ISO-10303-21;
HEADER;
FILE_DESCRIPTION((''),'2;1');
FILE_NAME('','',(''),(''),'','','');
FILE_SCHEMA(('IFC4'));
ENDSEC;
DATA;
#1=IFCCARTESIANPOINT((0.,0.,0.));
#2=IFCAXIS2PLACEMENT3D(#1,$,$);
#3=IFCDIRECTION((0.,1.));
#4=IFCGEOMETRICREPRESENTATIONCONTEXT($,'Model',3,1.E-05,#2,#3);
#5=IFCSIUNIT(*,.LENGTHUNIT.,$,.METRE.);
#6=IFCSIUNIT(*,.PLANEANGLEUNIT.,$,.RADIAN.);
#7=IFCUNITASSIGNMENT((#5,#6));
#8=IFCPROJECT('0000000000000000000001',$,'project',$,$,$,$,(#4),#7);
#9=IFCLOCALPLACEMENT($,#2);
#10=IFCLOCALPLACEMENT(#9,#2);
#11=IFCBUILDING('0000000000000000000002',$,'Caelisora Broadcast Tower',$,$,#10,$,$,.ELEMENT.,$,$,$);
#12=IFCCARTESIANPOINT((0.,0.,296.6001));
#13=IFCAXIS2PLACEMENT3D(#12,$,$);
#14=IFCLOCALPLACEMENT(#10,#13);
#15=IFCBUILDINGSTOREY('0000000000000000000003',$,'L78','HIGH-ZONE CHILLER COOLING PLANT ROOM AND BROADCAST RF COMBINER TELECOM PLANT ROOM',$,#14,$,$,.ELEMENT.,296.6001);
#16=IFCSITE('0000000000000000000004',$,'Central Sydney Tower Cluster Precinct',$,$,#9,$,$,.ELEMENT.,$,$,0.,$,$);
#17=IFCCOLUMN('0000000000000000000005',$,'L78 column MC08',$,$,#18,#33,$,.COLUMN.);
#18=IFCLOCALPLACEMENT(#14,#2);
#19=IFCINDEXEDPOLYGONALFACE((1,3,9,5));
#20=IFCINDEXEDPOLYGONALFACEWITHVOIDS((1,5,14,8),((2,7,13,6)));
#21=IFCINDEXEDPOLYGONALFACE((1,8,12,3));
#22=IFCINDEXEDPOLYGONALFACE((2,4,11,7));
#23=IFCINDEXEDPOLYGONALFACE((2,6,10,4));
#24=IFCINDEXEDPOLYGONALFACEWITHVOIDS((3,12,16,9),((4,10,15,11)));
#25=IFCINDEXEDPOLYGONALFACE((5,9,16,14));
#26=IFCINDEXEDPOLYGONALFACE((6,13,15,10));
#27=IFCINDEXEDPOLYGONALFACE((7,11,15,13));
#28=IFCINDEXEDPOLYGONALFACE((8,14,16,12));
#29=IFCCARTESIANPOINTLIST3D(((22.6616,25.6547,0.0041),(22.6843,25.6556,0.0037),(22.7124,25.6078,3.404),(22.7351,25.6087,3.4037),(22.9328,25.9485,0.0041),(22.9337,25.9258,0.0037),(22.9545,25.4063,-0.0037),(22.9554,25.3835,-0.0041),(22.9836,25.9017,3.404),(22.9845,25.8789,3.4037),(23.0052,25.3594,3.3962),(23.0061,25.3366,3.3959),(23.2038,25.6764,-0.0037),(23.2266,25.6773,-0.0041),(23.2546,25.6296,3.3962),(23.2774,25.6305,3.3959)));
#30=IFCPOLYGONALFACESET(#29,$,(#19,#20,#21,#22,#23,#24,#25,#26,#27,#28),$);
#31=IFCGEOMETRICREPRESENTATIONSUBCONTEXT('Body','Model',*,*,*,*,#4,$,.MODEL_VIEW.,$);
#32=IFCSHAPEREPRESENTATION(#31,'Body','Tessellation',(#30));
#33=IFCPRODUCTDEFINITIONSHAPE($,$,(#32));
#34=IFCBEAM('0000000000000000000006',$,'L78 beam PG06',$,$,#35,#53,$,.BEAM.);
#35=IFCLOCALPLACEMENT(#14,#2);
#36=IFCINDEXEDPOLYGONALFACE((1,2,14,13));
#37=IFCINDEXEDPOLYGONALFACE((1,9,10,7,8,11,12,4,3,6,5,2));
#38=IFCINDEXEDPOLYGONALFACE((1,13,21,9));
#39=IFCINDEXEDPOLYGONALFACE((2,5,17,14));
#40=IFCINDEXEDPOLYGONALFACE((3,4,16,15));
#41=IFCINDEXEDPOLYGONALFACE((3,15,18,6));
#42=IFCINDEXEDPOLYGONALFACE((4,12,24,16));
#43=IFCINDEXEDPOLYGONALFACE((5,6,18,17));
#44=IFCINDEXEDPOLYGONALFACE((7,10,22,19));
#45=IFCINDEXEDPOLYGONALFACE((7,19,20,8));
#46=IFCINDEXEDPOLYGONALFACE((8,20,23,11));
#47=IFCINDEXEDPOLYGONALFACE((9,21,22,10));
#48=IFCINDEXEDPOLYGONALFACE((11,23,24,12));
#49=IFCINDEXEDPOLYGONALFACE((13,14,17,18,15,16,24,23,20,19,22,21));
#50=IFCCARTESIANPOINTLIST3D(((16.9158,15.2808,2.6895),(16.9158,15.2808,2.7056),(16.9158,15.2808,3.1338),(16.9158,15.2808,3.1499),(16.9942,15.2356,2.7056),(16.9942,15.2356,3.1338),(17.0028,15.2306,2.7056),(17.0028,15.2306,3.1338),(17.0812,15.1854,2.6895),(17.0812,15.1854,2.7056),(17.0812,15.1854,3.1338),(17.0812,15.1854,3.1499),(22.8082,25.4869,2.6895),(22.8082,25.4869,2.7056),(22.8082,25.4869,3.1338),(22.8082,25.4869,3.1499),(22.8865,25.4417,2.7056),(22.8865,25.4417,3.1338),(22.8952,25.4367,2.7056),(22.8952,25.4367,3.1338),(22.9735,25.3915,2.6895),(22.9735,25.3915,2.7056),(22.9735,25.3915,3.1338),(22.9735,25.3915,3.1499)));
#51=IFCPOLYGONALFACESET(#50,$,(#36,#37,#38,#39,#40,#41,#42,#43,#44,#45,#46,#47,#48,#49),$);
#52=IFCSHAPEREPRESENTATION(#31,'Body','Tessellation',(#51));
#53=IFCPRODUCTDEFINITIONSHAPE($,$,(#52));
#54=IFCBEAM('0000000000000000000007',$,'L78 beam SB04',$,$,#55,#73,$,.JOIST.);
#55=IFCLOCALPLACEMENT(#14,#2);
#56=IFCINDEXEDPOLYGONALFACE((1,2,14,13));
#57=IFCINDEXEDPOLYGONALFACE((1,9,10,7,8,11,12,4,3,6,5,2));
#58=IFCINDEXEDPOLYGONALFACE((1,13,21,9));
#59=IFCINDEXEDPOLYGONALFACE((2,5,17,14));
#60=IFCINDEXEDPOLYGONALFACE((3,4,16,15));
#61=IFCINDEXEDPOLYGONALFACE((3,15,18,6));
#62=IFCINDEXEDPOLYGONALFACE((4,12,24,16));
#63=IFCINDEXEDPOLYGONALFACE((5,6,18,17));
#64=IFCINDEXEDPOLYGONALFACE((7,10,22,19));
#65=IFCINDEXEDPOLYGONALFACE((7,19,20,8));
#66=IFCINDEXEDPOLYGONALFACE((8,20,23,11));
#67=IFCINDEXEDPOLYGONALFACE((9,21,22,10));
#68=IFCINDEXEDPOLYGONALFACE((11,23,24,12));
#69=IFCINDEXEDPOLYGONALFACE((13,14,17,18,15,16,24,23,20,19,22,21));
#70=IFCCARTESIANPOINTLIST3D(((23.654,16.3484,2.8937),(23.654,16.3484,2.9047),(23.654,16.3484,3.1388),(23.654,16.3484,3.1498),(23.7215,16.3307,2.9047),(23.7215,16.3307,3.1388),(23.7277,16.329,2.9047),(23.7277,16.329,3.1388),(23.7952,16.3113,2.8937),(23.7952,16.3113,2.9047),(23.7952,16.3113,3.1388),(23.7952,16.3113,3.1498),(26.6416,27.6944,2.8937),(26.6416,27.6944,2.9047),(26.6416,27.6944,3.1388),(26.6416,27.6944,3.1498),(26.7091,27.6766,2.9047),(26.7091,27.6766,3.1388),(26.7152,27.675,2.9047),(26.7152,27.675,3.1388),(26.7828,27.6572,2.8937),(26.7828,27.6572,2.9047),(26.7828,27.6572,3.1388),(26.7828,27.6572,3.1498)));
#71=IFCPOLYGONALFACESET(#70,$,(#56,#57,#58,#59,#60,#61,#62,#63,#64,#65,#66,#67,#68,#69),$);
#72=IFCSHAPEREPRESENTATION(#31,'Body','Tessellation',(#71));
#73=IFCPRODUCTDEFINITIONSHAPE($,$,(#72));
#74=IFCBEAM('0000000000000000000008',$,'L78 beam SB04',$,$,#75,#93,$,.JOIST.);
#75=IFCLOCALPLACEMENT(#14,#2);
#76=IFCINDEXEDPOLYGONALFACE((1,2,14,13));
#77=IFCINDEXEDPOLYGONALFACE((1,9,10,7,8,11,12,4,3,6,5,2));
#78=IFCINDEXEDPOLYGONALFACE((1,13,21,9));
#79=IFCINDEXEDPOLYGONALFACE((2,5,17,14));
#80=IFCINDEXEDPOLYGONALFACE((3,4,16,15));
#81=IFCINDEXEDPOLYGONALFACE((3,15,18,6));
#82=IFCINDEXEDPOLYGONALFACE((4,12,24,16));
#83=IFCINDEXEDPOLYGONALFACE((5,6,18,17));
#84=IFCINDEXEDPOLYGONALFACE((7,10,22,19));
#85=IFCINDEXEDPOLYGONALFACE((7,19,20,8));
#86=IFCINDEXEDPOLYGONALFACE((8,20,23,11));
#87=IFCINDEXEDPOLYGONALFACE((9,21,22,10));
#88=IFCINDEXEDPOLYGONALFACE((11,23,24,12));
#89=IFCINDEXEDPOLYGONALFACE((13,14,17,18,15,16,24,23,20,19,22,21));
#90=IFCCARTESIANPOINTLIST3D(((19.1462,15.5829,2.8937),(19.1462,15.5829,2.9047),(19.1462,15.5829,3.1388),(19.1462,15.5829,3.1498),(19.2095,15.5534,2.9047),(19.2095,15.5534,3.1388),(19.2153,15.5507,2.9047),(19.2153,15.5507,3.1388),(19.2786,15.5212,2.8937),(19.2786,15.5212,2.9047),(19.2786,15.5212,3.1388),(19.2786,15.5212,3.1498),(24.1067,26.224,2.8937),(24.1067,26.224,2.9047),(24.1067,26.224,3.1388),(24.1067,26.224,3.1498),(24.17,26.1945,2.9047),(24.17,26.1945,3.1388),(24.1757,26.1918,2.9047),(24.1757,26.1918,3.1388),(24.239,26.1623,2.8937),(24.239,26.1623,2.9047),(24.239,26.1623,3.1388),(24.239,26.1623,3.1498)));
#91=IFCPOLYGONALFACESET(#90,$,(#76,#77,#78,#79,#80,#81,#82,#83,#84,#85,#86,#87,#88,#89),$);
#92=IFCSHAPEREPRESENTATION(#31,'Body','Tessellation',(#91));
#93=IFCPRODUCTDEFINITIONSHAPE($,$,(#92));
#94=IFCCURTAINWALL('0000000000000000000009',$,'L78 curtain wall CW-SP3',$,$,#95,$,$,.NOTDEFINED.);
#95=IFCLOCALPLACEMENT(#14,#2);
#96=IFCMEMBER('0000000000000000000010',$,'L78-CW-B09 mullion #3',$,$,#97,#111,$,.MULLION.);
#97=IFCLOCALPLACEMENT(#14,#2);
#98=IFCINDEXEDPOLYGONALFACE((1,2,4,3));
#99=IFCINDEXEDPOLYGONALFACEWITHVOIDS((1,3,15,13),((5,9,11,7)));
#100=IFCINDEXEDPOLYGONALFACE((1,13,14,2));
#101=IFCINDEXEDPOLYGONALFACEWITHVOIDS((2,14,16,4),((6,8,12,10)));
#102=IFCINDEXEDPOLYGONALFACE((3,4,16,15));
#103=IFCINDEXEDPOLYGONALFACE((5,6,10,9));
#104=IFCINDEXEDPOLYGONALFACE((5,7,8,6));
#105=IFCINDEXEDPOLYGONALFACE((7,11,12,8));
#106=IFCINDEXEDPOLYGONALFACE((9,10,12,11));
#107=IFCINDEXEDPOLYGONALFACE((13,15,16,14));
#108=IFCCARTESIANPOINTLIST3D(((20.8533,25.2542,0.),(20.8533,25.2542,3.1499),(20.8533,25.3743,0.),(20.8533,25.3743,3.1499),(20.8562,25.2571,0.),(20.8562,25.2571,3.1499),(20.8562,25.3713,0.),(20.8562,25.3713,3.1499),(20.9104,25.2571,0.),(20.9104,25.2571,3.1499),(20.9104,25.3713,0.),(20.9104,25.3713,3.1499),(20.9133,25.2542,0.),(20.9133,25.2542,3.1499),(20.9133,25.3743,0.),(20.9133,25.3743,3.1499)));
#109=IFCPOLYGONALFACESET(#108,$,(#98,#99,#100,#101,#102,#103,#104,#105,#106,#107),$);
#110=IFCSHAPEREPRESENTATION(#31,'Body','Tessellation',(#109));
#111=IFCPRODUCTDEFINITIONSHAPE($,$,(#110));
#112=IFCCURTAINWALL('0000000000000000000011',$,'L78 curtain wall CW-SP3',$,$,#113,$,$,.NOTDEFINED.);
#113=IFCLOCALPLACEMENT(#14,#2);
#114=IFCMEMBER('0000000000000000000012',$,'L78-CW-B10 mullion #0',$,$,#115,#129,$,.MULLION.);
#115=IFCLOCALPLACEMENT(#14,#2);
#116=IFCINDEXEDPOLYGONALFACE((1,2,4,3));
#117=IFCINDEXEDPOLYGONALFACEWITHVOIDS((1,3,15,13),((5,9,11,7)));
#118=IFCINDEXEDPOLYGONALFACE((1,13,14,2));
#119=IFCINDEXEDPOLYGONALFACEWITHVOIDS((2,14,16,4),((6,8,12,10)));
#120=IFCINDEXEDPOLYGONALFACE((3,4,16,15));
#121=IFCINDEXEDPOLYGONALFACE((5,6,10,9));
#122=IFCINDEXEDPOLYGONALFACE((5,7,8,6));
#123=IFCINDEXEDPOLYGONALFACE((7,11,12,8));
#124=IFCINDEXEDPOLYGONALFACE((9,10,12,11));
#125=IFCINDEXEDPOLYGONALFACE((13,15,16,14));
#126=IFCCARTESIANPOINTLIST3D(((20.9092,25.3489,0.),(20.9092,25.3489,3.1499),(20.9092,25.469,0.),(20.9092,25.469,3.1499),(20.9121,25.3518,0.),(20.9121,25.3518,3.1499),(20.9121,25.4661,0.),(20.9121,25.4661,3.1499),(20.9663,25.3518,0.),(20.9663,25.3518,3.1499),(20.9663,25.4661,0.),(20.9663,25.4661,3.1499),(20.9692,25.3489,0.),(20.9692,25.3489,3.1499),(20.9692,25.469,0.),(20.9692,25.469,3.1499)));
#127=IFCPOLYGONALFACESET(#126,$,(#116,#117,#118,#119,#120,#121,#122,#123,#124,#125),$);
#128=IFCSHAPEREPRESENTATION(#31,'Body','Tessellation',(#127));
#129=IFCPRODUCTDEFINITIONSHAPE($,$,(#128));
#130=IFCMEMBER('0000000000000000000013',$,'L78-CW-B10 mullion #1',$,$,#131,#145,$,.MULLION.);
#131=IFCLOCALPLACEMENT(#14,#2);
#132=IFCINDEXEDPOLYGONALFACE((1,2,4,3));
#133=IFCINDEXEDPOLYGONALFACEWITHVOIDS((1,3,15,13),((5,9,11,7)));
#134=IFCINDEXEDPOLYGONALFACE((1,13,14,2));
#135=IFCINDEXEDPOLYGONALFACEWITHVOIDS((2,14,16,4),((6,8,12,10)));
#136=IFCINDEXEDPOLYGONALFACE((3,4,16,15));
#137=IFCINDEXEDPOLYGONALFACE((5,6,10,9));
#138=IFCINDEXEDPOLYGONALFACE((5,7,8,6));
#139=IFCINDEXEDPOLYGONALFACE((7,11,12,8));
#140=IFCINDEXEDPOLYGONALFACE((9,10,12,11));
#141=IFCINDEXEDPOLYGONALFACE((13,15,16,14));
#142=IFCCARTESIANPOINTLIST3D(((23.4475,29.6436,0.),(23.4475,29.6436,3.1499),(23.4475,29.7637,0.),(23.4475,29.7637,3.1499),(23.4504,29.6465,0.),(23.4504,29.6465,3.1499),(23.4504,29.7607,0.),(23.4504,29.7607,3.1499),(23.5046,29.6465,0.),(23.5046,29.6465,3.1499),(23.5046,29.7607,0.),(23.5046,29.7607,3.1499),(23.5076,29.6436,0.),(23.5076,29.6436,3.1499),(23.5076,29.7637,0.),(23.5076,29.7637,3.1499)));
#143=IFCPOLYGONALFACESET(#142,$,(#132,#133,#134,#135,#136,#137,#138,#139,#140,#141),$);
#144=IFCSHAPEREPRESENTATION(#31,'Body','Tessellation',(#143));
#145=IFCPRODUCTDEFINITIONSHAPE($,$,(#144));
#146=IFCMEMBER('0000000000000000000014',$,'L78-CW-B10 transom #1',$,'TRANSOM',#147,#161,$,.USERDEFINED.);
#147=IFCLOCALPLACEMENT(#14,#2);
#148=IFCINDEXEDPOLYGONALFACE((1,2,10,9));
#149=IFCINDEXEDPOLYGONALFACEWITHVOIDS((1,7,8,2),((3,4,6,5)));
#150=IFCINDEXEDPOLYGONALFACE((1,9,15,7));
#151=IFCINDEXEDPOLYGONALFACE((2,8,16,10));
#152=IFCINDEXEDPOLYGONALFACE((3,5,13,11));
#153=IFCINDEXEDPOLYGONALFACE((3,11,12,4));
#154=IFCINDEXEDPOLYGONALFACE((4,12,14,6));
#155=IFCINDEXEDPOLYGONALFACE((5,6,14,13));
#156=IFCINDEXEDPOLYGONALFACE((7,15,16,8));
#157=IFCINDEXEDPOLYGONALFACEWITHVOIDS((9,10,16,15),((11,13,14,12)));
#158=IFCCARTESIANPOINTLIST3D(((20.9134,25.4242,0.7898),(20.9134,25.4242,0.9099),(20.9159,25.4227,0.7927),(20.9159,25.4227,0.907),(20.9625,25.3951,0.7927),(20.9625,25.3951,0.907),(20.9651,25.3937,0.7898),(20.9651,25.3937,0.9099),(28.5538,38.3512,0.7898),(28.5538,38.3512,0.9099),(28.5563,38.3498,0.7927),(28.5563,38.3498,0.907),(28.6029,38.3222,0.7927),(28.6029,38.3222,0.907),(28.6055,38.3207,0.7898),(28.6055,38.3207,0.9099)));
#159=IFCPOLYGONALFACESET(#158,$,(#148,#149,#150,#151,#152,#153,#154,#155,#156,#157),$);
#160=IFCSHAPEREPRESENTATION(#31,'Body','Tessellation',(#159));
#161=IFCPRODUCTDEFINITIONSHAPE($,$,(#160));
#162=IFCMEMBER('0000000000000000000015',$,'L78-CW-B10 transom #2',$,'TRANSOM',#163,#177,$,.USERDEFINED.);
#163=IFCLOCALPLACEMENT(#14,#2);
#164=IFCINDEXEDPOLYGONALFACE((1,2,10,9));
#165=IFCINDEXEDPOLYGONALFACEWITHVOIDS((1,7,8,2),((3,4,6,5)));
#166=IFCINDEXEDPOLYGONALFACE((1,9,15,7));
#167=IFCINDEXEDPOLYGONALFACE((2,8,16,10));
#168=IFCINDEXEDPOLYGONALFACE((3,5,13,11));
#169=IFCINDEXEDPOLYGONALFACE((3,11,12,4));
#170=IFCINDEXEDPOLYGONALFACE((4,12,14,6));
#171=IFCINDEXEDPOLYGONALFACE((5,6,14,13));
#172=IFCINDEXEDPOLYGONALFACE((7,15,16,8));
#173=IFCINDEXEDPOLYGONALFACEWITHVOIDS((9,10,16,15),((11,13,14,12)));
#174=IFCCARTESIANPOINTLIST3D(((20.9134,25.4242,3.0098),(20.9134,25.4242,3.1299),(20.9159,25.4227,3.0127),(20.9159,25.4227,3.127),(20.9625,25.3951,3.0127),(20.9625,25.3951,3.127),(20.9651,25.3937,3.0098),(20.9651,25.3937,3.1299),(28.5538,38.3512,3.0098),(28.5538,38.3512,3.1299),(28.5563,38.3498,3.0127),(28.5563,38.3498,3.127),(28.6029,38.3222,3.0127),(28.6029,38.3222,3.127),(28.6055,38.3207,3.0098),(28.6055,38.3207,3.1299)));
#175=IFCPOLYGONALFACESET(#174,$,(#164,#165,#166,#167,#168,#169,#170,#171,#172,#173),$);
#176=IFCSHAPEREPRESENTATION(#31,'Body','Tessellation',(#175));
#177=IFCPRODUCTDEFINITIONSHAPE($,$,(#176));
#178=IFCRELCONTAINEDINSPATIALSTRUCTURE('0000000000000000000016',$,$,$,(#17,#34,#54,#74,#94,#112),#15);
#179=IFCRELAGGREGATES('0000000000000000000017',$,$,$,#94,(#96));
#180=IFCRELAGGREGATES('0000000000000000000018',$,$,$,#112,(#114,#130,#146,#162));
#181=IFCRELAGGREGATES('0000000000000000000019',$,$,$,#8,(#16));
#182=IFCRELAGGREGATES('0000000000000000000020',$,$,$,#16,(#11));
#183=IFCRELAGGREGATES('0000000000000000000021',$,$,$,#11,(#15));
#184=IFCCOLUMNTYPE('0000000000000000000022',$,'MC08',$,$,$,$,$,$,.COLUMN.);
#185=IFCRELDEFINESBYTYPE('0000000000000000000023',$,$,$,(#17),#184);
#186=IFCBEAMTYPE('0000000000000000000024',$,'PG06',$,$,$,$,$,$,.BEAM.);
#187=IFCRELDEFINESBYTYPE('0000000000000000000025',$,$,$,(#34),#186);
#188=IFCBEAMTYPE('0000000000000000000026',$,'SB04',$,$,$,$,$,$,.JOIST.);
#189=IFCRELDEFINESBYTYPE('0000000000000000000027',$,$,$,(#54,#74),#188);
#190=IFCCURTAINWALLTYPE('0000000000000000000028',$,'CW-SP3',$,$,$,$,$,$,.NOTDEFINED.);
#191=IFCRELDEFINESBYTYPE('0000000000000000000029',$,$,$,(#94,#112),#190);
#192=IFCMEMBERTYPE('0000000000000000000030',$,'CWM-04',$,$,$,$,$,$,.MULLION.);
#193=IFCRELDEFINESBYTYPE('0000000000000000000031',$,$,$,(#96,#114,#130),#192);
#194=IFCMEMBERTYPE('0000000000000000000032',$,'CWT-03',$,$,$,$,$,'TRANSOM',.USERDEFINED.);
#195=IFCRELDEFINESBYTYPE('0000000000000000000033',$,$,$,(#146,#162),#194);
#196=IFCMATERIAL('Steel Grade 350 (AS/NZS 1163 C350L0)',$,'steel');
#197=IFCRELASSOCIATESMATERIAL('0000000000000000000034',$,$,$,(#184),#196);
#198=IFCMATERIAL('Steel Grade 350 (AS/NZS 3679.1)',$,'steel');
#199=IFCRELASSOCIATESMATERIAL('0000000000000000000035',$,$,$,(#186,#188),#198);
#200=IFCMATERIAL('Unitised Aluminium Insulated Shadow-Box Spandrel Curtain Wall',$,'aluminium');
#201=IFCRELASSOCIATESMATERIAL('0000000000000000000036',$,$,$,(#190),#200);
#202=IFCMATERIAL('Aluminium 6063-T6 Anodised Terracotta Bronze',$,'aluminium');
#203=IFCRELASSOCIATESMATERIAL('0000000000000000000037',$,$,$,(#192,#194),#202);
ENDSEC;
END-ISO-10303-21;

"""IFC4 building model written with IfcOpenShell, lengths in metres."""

from ifc_helpers import new_model, si_unit, direction, frame, origin, origin_2d, place, context, subcontext, project, spatial, hollow_rectangle, i_section, extrude, source, transform, mapped, material, material_profile, profile_set, type_object, type_shapes, element, aggregate, save


model = new_model("IFC4")

# Units and contexts
model_context = context("Model", 3, precision=1e-05, world=origin(), true_north=direction((0.0, 1.0)))
body_context = subcontext(model_context, "Body", "Model", "MODEL_VIEW")
ifc_project = project(units=[si_unit("LENGTHUNIT", "METRE"), si_unit("PLANEANGLEUNIT", "RADIAN")], contexts=[model_context])

# Site, building, storey
site_placement = place(None, origin())
site = spatial("IfcSite", under=ifc_project, at=site_placement, Name="Central Sydney Tower Cluster Precinct", CompositionType="ELEMENT", RefElevation=0.0)
building_placement = place(site_placement, origin())
building = spatial("IfcBuilding", under=site, at=building_placement, Name="Caelisora Broadcast Tower", CompositionType="ELEMENT")
storey_placement = place(building_placement, frame((0.0, 0.0, 296.6001)))
storey = spatial("IfcBuildingStorey", under=building, at=storey_placement, Name="L78", Description="HIGH-ZONE CHILLER COOLING PLANT ROOM AND BROADCAST RF COMBINER TELECOM PLANT ROOM", CompositionType="ELEMENT", Elevation=296.6001)

# Column
ifc_material_1 = material(Name="Steel Grade 350 (AS/NZS 1163 C350L0)", Category="steel")
ifc_material_profile_1 = material_profile(ifc_material_1, hollow_rectangle(XDim=0.3999, YDim=0.3999, WallThickness=0.0161, at=origin_2d()), Name="Steel Grade 350 (AS/NZS 1163 C350L0)")
ifc_profile_set_1 = profile_set([ifc_material_profile_1], Name="Steel Grade 350 (AS/NZS 1163 C350L0)")
column_type = type_object("IfcColumnType", Name="MC08", PredefinedType="COLUMN", material=ifc_profile_set_1)
shared_shape_1 = source(origin(), body_context, "Body", "SweptSolid", [
    extrude(hollow_rectangle(XDim=0.3999, YDim=0.3999, WallThickness=0.0161, at=origin_2d()), origin(), (0.0, 0.0, 1.0), 3.4006),
])
type_shapes(column_type, [shared_shape_1])
column_placement = place(storey_placement, frame((22.9441, 25.666, 0.0), z_axis=(0.014933, -0.013784, 0.999793), x_axis=(0.67828, 0.734803, 0.0)))
element("IfcColumn", 1, at=column_placement, inside=storey, type_object=column_type, Name="L78 column MC08", PredefinedType="COLUMN", context=body_context, shape_type="MappedRepresentation", body=[
    mapped(shared_shape_1, transform((0.0, 0.0, 0.0), scale=1.0)),
])

# Beams
ifc_material_2 = material(Name="Steel Grade 350 (AS/NZS 3679.1)", Category="steel")
ifc_material_profile_2 = material_profile(ifc_material_2, i_section(OverallWidth=0.1909, OverallDepth=0.4604, WebThickness=0.01, FlangeThickness=0.0161, at=origin_2d()), Name="Steel Grade 350 (AS/NZS 3679.1)")
ifc_profile_set_2 = profile_set([ifc_material_profile_2], Name="Steel Grade 350 (AS/NZS 3679.1)")
beam_type_1 = type_object("IfcBeamType", Name="PG06", PredefinedType="BEAM", material=ifc_profile_set_2)
shared_shape_2 = source(origin(), body_context, "Body", "SweptSolid", [
    extrude(i_section(OverallWidth=0.1909, OverallDepth=0.4604, WebThickness=0.01, FlangeThickness=0.0161, at=origin_2d()), origin(), (0.0, 0.0, 1.0), 11.7849),
])
type_shapes(beam_type_1, [shared_shape_2])
beam_1_placement = place(storey_placement, frame((22.8909, 25.4392, 2.9197), z_axis=(-0.499991, -0.86603, 0.0), x_axis=(0.86603, -0.499991, 0.0)))
element("IfcBeam", 2, at=beam_1_placement, inside=storey, type_object=beam_type_1, Name="L78 beam PG06", PredefinedType="BEAM", context=body_context, shape_type="MappedRepresentation", body=[
    mapped(shared_shape_2, transform((0.0, 0.0, 0.0), scale=1.0)),
])
ifc_material_profile_3 = material_profile(ifc_material_2, i_section(OverallWidth=0.146, OverallDepth=0.2561, WebThickness=0.0063, FlangeThickness=0.011, at=origin_2d()), Name="Steel Grade 350 (AS/NZS 3679.1)")
ifc_profile_set_3 = profile_set([ifc_material_profile_3], Name="Steel Grade 350 (AS/NZS 3679.1)")
beam_type_2 = type_object("IfcBeamType", Name="SB04", PredefinedType="JOIST", material=ifc_profile_set_3)
shared_shape_3 = source(origin(), body_context, "Body", "SweptSolid", [
    extrude(i_section(OverallWidth=0.146, OverallDepth=0.2561, WebThickness=0.0063, FlangeThickness=0.011, at=origin_2d()), origin(), (0.0, 0.0, 1.0), 11.7327),
])
beam_2_placement = place(storey_placement, frame((26.7122, 27.6758, 3.0217), z_axis=(-0.254635, -0.967037, 0.0), x_axis=(0.967037, -0.254635, 0.0)))
element("IfcBeam", 3, at=beam_2_placement, inside=storey, type_object=beam_type_2, Name="L78 beam SB04", PredefinedType="JOIST", context=body_context, shape_type="MappedRepresentation", body=[
    mapped(shared_shape_3, transform((0.0, 0.0, 0.0), scale=1.0)),
])
shared_shape_4 = source(origin(), body_context, "Body", "SweptSolid", [
    extrude(i_section(OverallWidth=0.146, OverallDepth=0.2561, WebThickness=0.0063, FlangeThickness=0.011, at=origin_2d()), origin(), (0.0, 0.0, 1.0), 11.7405),
])
type_shapes(beam_type_2, [shared_shape_3, shared_shape_4])
beam_3_placement = place(storey_placement, frame((24.1729, 26.1931, 3.0217), z_axis=(-0.422507, -0.906359, 0.0), x_axis=(0.906359, -0.422507, 0.0)))
element("IfcBeam", 4, at=beam_3_placement, inside=storey, type_object=beam_type_2, Name="L78 beam SB04", PredefinedType="JOIST", context=body_context, shape_type="MappedRepresentation", body=[
    mapped(shared_shape_4, transform((0.0, 0.0, 0.0), scale=1.0)),
])

# Curtain wall, member
ifc_material_3 = material(Name="Unitised Aluminium Insulated Shadow-Box Spandrel Curtain Wall", Category="aluminium")
curtain_wall_type = type_object("IfcCurtainWallType", Name="CW-SP3", PredefinedType="NOTDEFINED", material=ifc_material_3)
curtain_wall_1_placement = place(storey_placement, origin())
curtain_wall_1 = element("IfcCurtainWall", 5, at=curtain_wall_1_placement, inside=storey, type_object=curtain_wall_type, Name="L78 curtain wall CW-SP3", PredefinedType="NOTDEFINED")
ifc_material_4 = material(Name="Aluminium 6063-T6 Anodised Terracotta Bronze", Category="aluminium")
ifc_material_profile_4 = material_profile(ifc_material_4, hollow_rectangle(XDim=0.0601, YDim=0.1201, WallThickness=0.0029, at=origin_2d()), Name="Aluminium 6063-T6 Anodised Terracotta Bronze")
ifc_profile_set_4 = profile_set([ifc_material_profile_4], Name="Aluminium 6063-T6 Anodised Terracotta Bronze")
member_type_1 = type_object("IfcMemberType", Name="CWM-04", PredefinedType="MULLION", material=ifc_profile_set_4)
shared_shape_5 = source(origin(), body_context, "Body", "SweptSolid", [
    extrude(hollow_rectangle(XDim=0.0601, YDim=0.1201, WallThickness=0.0029, at=origin_2d()), origin(), (0.0, 0.0, 1.0), 3.1499),
])
type_shapes(member_type_1, [shared_shape_5])
member_1_placement = place(storey_placement, frame((20.8833, 25.3142, 0.0), z_axis=(0.0, 0.0, 1.0), x_axis=(1.0, 0.0, 0.0)))
member_1 = element("IfcMember", 6, at=member_1_placement, type_object=member_type_1, Name="L78-CW-B09 mullion #3", PredefinedType="MULLION", context=body_context, shape_type="MappedRepresentation", body=[
    mapped(shared_shape_5, transform((0.0, 0.0, 0.0), scale=1.0)),
])

# Curtain wall, members
curtain_wall_2_placement = place(storey_placement, origin())
curtain_wall_2 = element("IfcCurtainWall", 7, at=curtain_wall_2_placement, inside=storey, type_object=curtain_wall_type, Name="L78 curtain wall CW-SP3", PredefinedType="NOTDEFINED")
member_2_placement = place(storey_placement, frame((20.9392, 25.4089, 0.0), z_axis=(0.0, 0.0, 1.0), x_axis=(1.0, 0.0, 0.0)))
member_2 = element("IfcMember", 8, at=member_2_placement, type_object=member_type_1, Name="L78-CW-B10 mullion #0", PredefinedType="MULLION", context=body_context, shape_type="MappedRepresentation", body=[
    mapped(shared_shape_5, transform((0.0, 0.0, 0.0), scale=1.0)),
])
member_3_placement = place(storey_placement, frame((23.4775, 29.7036, 0.0), z_axis=(0.0, 0.0, 1.0), x_axis=(1.0, 0.0, 0.0)))
member_3 = element("IfcMember", 9, at=member_3_placement, type_object=member_type_1, Name="L78-CW-B10 mullion #1", PredefinedType="MULLION", context=body_context, shape_type="MappedRepresentation", body=[
    mapped(shared_shape_5, transform((0.0, 0.0, 0.0), scale=1.0)),
])
ifc_material_profile_5 = material_profile(ifc_material_4, hollow_rectangle(XDim=0.0601, YDim=0.1201, WallThickness=0.0029, at=origin_2d()), Name="Aluminium 6063-T6 Anodised Terracotta Bronze")
ifc_profile_set_5 = profile_set([ifc_material_profile_5], Name="Aluminium 6063-T6 Anodised Terracotta Bronze")
member_type_2 = type_object("IfcMemberType", Name="CWT-03", ElementType="TRANSOM", PredefinedType="USERDEFINED", material=ifc_profile_set_5)
shared_shape_6 = source(origin(), body_context, "Body", "SweptSolid", [
    extrude(hollow_rectangle(XDim=0.0601, YDim=0.1201, WallThickness=0.0029, at=origin_2d()), origin(), (0.0, 0.0, 1.0), 15.0161),
])
type_shapes(member_type_2, [shared_shape_6])
member_4_placement = place(storey_placement, frame((20.9392, 25.4089, 0.8499), z_axis=(0.508813, 0.860877, 0.0), x_axis=(-0.860877, 0.508813, 0.0)))
member_4 = element("IfcMember", 10, at=member_4_placement, type_object=member_type_2, Name="L78-CW-B10 transom #1", ObjectType="TRANSOM", PredefinedType="USERDEFINED", context=body_context, shape_type="MappedRepresentation", body=[
    mapped(shared_shape_6, transform((0.0, 0.0, 0.0), scale=1.0)),
])
member_5_placement = place(storey_placement, frame((20.9392, 25.4089, 3.0698), z_axis=(0.508813, 0.860877, 0.0), x_axis=(-0.860877, 0.508813, 0.0)))
member_5 = element("IfcMember", 11, at=member_5_placement, type_object=member_type_2, Name="L78-CW-B10 transom #2", ObjectType="TRANSOM", PredefinedType="USERDEFINED", context=body_context, shape_type="MappedRepresentation", body=[
    mapped(shared_shape_6, transform((0.0, 0.0, 0.0), scale=1.0)),
])

aggregate(curtain_wall_1, [member_1])
aggregate(curtain_wall_2, [member_2, member_3, member_4, member_5])

save(model, "model.ifc")
